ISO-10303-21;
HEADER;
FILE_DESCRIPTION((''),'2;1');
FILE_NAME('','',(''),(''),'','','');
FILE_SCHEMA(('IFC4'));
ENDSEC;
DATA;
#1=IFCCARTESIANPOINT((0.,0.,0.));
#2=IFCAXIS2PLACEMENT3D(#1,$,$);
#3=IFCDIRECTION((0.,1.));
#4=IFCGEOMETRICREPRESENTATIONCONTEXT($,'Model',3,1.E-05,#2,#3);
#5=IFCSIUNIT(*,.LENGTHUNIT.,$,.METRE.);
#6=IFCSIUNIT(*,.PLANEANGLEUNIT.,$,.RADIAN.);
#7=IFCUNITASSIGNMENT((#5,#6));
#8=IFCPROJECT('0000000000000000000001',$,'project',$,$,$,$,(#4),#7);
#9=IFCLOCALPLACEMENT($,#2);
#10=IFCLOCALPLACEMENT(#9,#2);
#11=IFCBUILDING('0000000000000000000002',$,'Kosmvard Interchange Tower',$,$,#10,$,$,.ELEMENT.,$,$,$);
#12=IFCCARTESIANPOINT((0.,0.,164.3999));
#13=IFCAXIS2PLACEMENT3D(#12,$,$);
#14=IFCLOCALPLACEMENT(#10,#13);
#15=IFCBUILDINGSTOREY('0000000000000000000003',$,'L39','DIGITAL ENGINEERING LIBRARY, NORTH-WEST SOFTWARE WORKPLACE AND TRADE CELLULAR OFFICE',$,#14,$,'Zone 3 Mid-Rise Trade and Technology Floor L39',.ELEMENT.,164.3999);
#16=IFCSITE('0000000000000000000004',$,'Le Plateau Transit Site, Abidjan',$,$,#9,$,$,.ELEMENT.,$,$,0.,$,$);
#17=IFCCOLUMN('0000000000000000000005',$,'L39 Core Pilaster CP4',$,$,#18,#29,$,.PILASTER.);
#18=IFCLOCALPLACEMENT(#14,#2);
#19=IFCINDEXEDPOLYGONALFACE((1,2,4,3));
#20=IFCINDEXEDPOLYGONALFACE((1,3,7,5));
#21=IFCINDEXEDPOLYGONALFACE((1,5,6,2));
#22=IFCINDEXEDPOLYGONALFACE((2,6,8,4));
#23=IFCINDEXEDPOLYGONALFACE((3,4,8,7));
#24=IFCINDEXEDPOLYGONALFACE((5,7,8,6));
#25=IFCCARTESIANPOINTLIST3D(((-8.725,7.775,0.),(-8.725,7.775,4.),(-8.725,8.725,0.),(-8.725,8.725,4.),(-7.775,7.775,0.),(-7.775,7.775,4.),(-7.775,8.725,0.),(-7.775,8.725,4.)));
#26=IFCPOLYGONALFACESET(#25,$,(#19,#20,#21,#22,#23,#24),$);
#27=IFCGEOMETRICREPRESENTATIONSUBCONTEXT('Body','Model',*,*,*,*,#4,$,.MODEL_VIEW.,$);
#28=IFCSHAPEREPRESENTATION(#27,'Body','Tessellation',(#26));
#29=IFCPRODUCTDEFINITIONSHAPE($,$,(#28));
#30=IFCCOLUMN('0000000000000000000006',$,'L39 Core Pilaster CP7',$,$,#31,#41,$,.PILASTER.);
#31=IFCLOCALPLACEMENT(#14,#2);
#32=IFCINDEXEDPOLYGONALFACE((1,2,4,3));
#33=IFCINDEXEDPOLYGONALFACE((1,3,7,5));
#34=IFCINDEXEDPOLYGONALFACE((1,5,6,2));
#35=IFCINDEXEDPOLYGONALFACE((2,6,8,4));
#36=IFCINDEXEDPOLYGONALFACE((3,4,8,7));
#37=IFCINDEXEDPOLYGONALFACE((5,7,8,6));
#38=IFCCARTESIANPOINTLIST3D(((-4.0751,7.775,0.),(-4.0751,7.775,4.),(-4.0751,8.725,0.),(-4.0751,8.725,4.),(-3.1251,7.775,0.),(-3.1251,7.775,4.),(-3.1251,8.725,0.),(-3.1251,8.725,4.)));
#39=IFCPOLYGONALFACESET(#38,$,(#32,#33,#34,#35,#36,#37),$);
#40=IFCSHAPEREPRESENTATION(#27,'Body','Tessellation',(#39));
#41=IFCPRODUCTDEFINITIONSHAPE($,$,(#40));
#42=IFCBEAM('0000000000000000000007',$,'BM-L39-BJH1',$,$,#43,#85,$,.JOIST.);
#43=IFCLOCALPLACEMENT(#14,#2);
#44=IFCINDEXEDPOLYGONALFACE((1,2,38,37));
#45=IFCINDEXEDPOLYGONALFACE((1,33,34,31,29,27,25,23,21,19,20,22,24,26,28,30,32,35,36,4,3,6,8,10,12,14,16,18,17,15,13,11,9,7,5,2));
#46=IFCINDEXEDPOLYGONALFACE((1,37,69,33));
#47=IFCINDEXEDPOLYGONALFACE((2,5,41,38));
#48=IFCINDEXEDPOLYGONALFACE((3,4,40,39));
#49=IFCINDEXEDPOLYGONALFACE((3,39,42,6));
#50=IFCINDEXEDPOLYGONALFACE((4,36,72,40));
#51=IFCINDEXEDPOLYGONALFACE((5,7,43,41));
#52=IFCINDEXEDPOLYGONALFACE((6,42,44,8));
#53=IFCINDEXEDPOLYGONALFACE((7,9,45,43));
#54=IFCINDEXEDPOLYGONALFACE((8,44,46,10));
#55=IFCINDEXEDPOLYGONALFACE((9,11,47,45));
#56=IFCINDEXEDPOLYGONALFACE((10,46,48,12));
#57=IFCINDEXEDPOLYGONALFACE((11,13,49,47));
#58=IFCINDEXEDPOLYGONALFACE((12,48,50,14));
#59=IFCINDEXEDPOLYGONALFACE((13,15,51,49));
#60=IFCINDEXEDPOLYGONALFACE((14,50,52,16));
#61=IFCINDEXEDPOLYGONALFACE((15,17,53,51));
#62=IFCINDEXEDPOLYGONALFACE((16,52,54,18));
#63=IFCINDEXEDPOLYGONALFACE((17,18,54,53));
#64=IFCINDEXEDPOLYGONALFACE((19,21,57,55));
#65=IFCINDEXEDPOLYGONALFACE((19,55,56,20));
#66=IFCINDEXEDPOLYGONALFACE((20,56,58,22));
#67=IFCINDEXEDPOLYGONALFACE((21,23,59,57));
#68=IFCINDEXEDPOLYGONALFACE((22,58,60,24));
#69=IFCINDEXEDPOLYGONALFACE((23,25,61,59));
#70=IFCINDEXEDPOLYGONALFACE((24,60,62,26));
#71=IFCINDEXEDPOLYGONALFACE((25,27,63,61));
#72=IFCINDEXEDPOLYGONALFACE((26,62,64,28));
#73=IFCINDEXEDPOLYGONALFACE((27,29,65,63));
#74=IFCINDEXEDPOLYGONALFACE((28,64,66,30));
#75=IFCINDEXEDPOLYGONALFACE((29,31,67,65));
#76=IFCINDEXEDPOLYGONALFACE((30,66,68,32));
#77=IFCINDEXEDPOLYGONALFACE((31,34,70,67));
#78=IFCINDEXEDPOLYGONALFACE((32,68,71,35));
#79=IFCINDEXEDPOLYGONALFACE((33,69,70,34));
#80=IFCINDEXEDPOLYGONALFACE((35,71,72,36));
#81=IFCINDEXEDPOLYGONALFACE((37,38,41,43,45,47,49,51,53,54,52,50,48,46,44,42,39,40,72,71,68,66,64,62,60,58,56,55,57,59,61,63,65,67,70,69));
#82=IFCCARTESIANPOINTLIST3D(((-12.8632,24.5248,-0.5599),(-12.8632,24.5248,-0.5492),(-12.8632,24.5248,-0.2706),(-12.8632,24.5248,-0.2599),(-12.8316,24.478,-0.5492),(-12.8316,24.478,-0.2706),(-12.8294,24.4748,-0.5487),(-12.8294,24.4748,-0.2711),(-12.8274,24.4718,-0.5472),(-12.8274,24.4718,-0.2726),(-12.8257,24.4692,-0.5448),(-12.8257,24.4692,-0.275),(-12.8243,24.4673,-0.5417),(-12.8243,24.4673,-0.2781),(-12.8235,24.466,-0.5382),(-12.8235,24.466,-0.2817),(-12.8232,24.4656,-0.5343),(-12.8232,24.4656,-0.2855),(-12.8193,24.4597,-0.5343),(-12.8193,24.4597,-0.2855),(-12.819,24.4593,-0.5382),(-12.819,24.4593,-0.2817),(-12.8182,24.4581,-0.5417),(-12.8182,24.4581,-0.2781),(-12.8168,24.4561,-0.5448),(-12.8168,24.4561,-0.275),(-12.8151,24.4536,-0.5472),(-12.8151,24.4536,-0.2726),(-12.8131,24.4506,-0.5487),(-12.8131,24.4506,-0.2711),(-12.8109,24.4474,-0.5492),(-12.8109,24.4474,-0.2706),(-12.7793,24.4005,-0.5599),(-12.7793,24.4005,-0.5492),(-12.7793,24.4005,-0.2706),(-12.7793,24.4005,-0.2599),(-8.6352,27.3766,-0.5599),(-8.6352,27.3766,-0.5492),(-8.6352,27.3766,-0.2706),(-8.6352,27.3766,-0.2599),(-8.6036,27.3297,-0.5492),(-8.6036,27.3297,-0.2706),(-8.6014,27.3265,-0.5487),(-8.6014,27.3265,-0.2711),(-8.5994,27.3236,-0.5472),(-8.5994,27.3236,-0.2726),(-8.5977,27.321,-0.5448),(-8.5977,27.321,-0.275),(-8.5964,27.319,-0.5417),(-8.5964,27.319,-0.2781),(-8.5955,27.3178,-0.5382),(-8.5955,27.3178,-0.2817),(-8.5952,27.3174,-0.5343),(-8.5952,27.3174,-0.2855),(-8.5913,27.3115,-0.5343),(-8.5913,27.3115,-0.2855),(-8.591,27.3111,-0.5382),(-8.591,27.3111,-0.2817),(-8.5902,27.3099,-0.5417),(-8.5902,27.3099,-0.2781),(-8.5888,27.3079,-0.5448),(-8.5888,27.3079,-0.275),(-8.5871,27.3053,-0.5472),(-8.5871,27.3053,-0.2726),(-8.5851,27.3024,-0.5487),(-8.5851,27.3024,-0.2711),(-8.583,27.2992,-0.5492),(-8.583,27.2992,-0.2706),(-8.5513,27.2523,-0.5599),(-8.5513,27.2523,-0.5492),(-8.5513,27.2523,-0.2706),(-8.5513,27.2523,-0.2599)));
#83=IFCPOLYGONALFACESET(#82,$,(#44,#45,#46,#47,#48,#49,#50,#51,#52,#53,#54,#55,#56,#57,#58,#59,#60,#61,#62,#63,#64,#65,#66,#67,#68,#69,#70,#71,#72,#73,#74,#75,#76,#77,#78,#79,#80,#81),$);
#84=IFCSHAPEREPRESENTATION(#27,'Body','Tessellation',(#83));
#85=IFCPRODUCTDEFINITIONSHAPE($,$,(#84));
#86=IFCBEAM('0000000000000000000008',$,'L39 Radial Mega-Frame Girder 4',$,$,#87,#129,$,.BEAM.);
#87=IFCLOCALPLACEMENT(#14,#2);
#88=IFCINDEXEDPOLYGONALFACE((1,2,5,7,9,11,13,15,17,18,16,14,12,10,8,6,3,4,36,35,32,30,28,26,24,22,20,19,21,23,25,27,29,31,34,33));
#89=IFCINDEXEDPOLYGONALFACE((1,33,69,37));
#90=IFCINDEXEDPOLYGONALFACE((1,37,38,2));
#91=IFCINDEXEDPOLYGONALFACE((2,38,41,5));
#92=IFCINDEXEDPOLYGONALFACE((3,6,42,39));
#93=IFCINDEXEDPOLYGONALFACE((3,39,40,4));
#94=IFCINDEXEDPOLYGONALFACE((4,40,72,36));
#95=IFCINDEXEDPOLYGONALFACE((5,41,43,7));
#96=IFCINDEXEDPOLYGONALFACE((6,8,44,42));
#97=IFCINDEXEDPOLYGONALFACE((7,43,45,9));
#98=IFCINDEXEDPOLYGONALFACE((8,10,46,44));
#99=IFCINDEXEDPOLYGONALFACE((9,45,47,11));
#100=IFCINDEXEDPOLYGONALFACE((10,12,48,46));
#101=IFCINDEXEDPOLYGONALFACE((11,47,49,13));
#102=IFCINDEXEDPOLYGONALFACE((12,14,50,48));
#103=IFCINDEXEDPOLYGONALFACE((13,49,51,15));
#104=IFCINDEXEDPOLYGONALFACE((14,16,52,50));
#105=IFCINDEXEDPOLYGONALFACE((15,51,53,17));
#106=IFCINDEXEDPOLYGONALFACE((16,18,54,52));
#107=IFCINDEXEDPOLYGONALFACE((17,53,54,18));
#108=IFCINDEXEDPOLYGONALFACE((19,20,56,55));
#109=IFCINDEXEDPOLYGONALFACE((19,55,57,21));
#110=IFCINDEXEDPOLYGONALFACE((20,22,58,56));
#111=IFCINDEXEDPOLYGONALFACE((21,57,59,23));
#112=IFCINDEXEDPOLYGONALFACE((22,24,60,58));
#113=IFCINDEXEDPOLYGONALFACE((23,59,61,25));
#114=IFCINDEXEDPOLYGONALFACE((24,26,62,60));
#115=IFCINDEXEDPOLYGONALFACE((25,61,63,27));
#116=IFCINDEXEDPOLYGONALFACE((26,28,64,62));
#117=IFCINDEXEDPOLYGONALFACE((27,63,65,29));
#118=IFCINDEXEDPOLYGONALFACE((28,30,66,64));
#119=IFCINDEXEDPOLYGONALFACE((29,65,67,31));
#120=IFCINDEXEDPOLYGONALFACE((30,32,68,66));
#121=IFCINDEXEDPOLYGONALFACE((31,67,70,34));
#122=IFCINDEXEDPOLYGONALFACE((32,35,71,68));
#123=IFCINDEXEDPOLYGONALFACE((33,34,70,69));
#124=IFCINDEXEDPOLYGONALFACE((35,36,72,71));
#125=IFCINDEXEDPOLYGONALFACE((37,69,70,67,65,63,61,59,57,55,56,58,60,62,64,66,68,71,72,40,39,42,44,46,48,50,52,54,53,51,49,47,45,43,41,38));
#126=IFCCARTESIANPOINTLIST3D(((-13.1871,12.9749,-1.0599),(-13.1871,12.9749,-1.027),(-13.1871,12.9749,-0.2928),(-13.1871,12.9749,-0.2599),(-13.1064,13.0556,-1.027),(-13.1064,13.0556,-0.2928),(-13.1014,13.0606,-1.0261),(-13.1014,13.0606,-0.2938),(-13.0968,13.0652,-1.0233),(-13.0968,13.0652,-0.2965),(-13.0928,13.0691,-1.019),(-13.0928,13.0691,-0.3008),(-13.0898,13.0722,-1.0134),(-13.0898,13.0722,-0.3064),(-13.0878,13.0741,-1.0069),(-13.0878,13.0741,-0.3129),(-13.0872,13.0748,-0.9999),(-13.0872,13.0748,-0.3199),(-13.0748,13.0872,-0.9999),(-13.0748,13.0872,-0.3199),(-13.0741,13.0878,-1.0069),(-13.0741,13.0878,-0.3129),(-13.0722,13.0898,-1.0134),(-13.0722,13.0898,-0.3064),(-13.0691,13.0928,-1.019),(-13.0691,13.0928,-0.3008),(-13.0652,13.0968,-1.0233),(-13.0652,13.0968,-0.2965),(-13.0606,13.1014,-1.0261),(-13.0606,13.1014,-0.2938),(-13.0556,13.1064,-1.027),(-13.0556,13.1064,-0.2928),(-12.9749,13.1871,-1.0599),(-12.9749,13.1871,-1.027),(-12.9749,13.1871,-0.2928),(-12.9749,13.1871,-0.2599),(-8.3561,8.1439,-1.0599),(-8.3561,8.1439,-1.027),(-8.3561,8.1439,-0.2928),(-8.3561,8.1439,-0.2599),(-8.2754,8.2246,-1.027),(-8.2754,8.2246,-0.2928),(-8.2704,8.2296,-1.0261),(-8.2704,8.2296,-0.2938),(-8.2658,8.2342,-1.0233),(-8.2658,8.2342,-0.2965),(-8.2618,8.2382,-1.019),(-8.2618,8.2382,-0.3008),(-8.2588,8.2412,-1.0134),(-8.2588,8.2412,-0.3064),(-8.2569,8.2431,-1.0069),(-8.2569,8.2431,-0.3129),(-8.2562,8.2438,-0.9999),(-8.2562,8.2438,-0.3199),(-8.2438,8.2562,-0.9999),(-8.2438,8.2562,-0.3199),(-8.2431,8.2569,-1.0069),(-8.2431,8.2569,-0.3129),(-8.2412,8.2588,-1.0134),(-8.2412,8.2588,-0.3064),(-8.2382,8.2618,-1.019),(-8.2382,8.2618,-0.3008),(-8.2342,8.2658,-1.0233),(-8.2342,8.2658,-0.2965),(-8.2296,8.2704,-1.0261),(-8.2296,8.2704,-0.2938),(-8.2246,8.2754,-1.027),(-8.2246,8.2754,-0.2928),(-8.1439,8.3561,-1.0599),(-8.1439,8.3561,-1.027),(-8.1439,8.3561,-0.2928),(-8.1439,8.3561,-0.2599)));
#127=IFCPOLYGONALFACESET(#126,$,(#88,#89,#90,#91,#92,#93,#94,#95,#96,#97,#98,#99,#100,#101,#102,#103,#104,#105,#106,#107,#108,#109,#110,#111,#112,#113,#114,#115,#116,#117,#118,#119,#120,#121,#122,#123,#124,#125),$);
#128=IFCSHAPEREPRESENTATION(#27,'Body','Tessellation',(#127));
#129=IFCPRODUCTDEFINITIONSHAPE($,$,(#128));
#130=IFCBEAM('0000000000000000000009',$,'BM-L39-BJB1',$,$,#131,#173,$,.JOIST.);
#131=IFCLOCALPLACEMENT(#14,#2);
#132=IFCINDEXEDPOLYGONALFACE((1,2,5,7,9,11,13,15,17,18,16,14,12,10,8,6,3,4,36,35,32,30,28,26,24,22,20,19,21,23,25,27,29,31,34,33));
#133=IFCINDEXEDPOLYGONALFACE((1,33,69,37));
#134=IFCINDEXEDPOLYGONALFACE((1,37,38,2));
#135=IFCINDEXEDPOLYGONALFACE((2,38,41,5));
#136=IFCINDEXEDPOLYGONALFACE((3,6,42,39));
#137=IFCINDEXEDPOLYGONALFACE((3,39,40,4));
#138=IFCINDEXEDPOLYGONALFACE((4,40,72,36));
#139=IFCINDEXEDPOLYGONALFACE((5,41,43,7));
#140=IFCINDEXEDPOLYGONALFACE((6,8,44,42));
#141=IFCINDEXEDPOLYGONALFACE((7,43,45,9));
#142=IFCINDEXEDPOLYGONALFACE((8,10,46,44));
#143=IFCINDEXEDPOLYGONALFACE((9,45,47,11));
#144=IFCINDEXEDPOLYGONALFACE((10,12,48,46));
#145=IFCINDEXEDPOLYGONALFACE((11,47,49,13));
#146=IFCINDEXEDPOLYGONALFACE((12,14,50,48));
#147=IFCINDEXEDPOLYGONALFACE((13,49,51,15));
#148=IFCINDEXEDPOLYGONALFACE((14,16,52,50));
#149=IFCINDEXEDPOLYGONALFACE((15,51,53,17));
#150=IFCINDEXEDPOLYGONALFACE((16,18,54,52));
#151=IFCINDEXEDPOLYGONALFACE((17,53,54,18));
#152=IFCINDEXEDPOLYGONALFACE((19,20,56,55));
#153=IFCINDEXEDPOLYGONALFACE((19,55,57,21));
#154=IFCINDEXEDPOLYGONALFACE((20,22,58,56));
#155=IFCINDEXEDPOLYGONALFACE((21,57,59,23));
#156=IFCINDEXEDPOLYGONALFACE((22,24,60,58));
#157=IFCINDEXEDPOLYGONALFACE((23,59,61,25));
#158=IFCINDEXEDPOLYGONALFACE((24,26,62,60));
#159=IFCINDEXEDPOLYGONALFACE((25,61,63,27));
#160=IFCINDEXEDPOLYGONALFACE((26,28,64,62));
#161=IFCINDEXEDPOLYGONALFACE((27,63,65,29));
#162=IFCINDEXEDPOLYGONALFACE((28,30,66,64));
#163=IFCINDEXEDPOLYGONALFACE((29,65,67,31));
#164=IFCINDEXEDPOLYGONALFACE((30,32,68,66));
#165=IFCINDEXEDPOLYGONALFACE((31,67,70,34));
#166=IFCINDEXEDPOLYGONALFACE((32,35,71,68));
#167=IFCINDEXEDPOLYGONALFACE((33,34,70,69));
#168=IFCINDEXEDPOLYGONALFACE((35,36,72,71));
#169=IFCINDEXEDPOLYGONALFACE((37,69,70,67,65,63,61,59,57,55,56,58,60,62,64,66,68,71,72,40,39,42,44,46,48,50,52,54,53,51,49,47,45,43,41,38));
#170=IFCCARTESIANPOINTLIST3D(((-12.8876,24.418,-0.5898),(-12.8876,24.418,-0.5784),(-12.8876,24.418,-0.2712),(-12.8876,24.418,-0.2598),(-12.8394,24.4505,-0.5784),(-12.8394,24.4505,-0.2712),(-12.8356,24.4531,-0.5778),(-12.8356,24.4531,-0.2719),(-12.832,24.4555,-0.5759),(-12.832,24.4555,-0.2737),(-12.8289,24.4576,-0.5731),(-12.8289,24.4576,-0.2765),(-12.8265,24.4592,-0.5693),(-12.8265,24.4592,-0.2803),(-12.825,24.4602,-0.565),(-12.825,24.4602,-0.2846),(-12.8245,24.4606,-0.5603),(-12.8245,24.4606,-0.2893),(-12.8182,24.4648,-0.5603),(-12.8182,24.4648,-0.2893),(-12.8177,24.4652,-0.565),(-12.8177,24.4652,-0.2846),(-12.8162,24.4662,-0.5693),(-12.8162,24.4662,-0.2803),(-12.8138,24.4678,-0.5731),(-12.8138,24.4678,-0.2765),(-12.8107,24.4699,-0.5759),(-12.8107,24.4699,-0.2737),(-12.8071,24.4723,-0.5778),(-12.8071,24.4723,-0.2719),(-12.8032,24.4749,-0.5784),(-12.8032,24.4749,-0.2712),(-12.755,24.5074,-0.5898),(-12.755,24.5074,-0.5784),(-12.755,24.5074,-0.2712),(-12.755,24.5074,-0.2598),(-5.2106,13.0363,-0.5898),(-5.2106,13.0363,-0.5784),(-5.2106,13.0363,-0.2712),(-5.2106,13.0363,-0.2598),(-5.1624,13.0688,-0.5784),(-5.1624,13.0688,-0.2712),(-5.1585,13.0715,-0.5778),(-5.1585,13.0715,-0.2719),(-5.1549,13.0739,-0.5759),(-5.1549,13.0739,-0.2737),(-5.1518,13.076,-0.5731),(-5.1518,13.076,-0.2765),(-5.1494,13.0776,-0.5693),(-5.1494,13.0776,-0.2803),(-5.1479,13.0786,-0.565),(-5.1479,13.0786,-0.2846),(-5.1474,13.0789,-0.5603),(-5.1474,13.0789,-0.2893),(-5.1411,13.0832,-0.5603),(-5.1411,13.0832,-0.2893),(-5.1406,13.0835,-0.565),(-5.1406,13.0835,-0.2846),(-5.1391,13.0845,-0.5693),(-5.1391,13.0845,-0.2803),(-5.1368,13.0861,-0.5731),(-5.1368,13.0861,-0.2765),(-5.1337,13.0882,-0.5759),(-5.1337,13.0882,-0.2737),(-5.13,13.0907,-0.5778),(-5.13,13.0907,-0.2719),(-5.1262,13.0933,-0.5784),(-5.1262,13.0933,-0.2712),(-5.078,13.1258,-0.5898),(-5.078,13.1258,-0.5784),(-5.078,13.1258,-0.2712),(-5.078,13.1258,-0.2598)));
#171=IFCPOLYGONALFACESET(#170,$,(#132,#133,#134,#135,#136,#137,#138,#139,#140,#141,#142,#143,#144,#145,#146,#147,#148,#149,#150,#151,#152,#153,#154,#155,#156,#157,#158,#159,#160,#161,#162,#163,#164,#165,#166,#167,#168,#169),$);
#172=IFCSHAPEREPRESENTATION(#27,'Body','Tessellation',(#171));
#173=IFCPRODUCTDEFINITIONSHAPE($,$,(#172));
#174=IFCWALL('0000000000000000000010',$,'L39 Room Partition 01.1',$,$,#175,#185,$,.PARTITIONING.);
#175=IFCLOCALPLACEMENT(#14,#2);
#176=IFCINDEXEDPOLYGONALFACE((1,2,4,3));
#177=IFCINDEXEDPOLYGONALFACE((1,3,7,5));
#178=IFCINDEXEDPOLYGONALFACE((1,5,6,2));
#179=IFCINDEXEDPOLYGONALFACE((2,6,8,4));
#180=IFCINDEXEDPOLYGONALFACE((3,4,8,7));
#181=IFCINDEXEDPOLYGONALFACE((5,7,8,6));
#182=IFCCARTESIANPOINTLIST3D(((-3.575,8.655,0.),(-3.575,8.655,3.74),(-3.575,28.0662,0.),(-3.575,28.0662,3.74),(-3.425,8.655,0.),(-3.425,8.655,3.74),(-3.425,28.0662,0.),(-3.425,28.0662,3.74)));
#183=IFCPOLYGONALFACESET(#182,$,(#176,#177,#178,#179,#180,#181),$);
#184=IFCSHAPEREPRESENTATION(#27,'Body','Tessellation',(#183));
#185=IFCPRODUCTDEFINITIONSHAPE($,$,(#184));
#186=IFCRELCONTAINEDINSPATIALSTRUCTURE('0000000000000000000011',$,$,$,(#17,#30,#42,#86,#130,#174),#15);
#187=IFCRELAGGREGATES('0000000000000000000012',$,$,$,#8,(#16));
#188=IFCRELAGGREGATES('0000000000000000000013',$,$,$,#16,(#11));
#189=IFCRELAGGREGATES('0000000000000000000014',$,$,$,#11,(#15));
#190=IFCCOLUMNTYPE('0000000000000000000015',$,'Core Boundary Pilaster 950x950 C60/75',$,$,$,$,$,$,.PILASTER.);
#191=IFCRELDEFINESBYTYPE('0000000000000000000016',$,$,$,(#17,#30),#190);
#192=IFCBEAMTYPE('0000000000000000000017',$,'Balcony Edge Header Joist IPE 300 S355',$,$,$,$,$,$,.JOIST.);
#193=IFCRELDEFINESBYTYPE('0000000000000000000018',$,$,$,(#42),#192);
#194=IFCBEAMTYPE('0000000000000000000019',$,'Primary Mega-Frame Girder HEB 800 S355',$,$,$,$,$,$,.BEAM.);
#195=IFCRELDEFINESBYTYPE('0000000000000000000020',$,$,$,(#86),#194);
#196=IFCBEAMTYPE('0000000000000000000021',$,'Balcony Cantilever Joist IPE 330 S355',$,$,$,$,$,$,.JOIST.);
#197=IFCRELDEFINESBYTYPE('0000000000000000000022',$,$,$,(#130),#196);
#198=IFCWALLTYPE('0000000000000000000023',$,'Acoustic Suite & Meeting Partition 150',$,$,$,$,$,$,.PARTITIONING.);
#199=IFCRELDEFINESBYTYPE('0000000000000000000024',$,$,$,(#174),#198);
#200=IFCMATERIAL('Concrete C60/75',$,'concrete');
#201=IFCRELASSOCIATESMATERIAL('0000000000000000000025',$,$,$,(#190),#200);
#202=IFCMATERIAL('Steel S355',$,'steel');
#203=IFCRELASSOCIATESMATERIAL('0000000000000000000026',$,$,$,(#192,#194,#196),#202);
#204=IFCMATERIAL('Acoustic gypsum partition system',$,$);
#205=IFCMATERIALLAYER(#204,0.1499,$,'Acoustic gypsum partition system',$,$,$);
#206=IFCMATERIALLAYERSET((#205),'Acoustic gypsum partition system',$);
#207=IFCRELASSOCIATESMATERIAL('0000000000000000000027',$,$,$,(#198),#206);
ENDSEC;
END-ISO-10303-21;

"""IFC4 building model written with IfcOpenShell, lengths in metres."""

from ifc_helpers import new_model, si_unit, direction, frame, frame_2d, origin, origin_2d, place, context, subcontext, project, spatial, rectangle, i_section, extrude, source, transform, mapped, material, layer, layer_set, material_profile, profile_set, type_object, element, save


model = new_model("IFC4")

# Units and contexts
model_context = context("Model", 3, precision=1e-05, world=origin(), true_north=direction((0.0, 1.0)))
body_context = subcontext(model_context, "Body", "Model", "MODEL_VIEW")
ifc_project = project(units=[si_unit("LENGTHUNIT", "METRE"), si_unit("PLANEANGLEUNIT", "RADIAN")], contexts=[model_context])

# Site, building, storey
site_placement = place(None, origin())
site = spatial("IfcSite", under=ifc_project, at=site_placement, Name="Le Plateau Transit Site, Abidjan", CompositionType="ELEMENT", RefElevation=0.0)
building_placement = place(site_placement, origin())
building = spatial("IfcBuilding", under=site, at=building_placement, Name="Kosmvard Interchange Tower", CompositionType="ELEMENT")
storey_placement = place(building_placement, frame((0.0, 0.0, 164.3999)))
storey = spatial("IfcBuildingStorey", under=building, at=storey_placement, Name="L39", Description="DIGITAL ENGINEERING LIBRARY, NORTH-WEST SOFTWARE WORKPLACE AND TRADE CELLULAR OFFICE", LongName="Zone 3 Mid-Rise Trade and Technology Floor L39", CompositionType="ELEMENT", Elevation=164.3999)

# Columns
ifc_material_1 = material(Name="Concrete C60/75", Category="concrete")
ifc_material_profile_1 = material_profile(ifc_material_1, rectangle(XDim=0.95, YDim=0.95, at=origin_2d()), Name="CP 950x950")
ifc_profile_set_1 = profile_set([ifc_material_profile_1], Name="Concrete C60/75")
column_type = type_object("IfcColumnType", Name="Core Boundary Pilaster 950x950 C60/75", PredefinedType="PILASTER", material=ifc_profile_set_1)
shared_shape_1 = source(origin(), body_context, "Body", "SweptSolid", [
    extrude(rectangle(XDim=0.95, YDim=0.95, at=origin_2d()), origin(), (0.0, 0.0, 1.0), 4.0),
])
for number, where, z_axis, x_axis, name in (
    (1, (-8.25, 8.25, 0.0), (0.0, 0.0, 1.0), (1.0, 0.0, 0.0), "L39 Core Pilaster CP4"),
    (2, (-3.6001, 8.25, 0.0), (0.0, 0.0, 1.0), (1.0, 0.0, 0.0), "L39 Core Pilaster CP7"),
):
    element("IfcColumn", number, at=place(storey_placement, frame(where, z_axis=z_axis, x_axis=x_axis)), inside=storey, type_object=column_type, Name=name, PredefinedType="PILASTER", context=body_context, shape_type="MappedRepresentation", body=[
        mapped(shared_shape_1, transform((0.0, 0.0, 0.0), scale=1.0)),
    ])

# Beams
ifc_material_2 = material(Name="Steel S355", Category="steel")
ifc_material_profile_2 = material_profile(ifc_material_2, i_section(OverallWidth=0.1499, OverallDepth=0.3, WebThickness=0.0071, FlangeThickness=0.0107, FilletRadius=0.0149, at=origin_2d()), Name="IPE 300")
ifc_profile_set_2 = profile_set([ifc_material_profile_2], Name="Steel S355")
beam_type_1 = type_object("IfcBeamType", Name="Balcony Edge Header Joist IPE 300 S355", PredefinedType="JOIST", material=ifc_profile_set_2)
shared_shape_2 = source(origin(), body_context, "Body", "SweptSolid", [
    extrude(i_section(OverallWidth=0.1499, OverallDepth=0.3, WebThickness=0.0071, FlangeThickness=0.0107, FilletRadius=0.0149, at=origin_2d()), origin(), (0.0, 0.0, 1.0), 5.0999),
])
beam_1_placement = place(storey_placement, frame((-8.5933, 27.3145, -0.4099), z_axis=(-0.829041, -0.559188, 0.0), x_axis=(0.559188, -0.829041, 0.0)))
element("IfcBeam", 3, at=beam_1_placement, inside=storey, type_object=beam_type_1, Name="BM-L39-BJH1", PredefinedType="JOIST", context=body_context, shape_type="MappedRepresentation", body=[
    mapped(shared_shape_2, transform((0.0, 0.0, 0.0), scale=1.0)),
])
ifc_material_profile_3 = material_profile(ifc_material_2, i_section(OverallWidth=0.3, OverallDepth=0.8, WebThickness=0.0176, FlangeThickness=0.033, FilletRadius=0.0271, at=origin_2d()), Name="HEB 800")
ifc_profile_set_3 = profile_set([ifc_material_profile_3], Name="Steel S355")
beam_type_2 = type_object("IfcBeamType", Name="Primary Mega-Frame Girder HEB 800 S355", PredefinedType="BEAM", material=ifc_profile_set_3)
shared_shape_3 = source(origin(), body_context, "Body", "SweptSolid", [
    extrude(i_section(OverallWidth=0.3, OverallDepth=0.8, WebThickness=0.0176, FlangeThickness=0.033, FilletRadius=0.0271, at=origin_2d()), origin(), (0.0, 0.0, 1.0), 6.832),
])
beam_2_placement = place(storey_placement, frame((-8.25, 8.25, -0.6599), z_axis=(-0.707107, 0.707107, 0.0), x_axis=(-0.707107, -0.707107, 0.0)))
element("IfcBeam", 4, at=beam_2_placement, inside=storey, type_object=beam_type_2, Name="L39 Radial Mega-Frame Girder 4", PredefinedType="BEAM", context=body_context, shape_type="MappedRepresentation", body=[
    mapped(shared_shape_3, transform((0.0, 0.0, 0.0), scale=1.0)),
])
ifc_material_profile_4 = material_profile(ifc_material_2, i_section(OverallWidth=0.1599, OverallDepth=0.3301, WebThickness=0.0076, FlangeThickness=0.0115, FilletRadius=0.0181, at=origin_2d()), Name="IPE 330")
ifc_profile_set_4 = profile_set([ifc_material_profile_4], Name="Steel S355")
beam_type_3 = type_object("IfcBeamType", Name="Balcony Cantilever Joist IPE 330 S355", PredefinedType="JOIST", material=ifc_profile_set_4)
shared_shape_4 = source(origin(), body_context, "Body", "SweptSolid", [
    extrude(i_section(OverallWidth=0.1599, OverallDepth=0.3301, WebThickness=0.0076, FlangeThickness=0.0115, FilletRadius=0.0181, at=origin_2d()), origin(), (0.0, 0.0, 1.0), 13.7288),
])
beam_3_placement = place(storey_placement, frame((-5.1443, 13.0811, -0.4248), z_axis=(-0.559194, 0.829037, 0.0), x_axis=(-0.829037, -0.559194, 0.0)))
element("IfcBeam", 5, at=beam_3_placement, inside=storey, type_object=beam_type_3, Name="BM-L39-BJB1", PredefinedType="JOIST", context=body_context, shape_type="MappedRepresentation", body=[
    mapped(shared_shape_4, transform((0.0, 0.0, 0.0), scale=1.0)),
])

# Wall
ifc_material_3 = material(Name="Acoustic gypsum partition system")
ifc_layer_1 = layer(ifc_material_3, 0.1499, Name="Acoustic gypsum partition system")
ifc_layer_set_1 = layer_set([ifc_layer_1], Name="Acoustic gypsum partition system")
wall_type_1 = type_object("IfcWallType", Name="Acoustic Suite & Meeting Partition 150", PredefinedType="PARTITIONING", material=ifc_layer_set_1)
wall_1_placement = place(storey_placement, frame((-3.5, 8.655, 0.0), z_axis=(0.0, 0.0, 1.0), x_axis=(0.0, 1.0, 0.0)))
element("IfcWall", 6, at=wall_1_placement, inside=storey, type_object=wall_type_1, Name="L39 Room Partition 01.1", PredefinedType="PARTITIONING", context=body_context, shape_type="SweptSolid", body=[
    extrude(rectangle(XDim=19.4111, YDim=0.1499, at=frame_2d((9.7056, 0.0))), origin(), (0.0, 0.0, 1.0), 3.74),
])

save(model, "model.ifc")
